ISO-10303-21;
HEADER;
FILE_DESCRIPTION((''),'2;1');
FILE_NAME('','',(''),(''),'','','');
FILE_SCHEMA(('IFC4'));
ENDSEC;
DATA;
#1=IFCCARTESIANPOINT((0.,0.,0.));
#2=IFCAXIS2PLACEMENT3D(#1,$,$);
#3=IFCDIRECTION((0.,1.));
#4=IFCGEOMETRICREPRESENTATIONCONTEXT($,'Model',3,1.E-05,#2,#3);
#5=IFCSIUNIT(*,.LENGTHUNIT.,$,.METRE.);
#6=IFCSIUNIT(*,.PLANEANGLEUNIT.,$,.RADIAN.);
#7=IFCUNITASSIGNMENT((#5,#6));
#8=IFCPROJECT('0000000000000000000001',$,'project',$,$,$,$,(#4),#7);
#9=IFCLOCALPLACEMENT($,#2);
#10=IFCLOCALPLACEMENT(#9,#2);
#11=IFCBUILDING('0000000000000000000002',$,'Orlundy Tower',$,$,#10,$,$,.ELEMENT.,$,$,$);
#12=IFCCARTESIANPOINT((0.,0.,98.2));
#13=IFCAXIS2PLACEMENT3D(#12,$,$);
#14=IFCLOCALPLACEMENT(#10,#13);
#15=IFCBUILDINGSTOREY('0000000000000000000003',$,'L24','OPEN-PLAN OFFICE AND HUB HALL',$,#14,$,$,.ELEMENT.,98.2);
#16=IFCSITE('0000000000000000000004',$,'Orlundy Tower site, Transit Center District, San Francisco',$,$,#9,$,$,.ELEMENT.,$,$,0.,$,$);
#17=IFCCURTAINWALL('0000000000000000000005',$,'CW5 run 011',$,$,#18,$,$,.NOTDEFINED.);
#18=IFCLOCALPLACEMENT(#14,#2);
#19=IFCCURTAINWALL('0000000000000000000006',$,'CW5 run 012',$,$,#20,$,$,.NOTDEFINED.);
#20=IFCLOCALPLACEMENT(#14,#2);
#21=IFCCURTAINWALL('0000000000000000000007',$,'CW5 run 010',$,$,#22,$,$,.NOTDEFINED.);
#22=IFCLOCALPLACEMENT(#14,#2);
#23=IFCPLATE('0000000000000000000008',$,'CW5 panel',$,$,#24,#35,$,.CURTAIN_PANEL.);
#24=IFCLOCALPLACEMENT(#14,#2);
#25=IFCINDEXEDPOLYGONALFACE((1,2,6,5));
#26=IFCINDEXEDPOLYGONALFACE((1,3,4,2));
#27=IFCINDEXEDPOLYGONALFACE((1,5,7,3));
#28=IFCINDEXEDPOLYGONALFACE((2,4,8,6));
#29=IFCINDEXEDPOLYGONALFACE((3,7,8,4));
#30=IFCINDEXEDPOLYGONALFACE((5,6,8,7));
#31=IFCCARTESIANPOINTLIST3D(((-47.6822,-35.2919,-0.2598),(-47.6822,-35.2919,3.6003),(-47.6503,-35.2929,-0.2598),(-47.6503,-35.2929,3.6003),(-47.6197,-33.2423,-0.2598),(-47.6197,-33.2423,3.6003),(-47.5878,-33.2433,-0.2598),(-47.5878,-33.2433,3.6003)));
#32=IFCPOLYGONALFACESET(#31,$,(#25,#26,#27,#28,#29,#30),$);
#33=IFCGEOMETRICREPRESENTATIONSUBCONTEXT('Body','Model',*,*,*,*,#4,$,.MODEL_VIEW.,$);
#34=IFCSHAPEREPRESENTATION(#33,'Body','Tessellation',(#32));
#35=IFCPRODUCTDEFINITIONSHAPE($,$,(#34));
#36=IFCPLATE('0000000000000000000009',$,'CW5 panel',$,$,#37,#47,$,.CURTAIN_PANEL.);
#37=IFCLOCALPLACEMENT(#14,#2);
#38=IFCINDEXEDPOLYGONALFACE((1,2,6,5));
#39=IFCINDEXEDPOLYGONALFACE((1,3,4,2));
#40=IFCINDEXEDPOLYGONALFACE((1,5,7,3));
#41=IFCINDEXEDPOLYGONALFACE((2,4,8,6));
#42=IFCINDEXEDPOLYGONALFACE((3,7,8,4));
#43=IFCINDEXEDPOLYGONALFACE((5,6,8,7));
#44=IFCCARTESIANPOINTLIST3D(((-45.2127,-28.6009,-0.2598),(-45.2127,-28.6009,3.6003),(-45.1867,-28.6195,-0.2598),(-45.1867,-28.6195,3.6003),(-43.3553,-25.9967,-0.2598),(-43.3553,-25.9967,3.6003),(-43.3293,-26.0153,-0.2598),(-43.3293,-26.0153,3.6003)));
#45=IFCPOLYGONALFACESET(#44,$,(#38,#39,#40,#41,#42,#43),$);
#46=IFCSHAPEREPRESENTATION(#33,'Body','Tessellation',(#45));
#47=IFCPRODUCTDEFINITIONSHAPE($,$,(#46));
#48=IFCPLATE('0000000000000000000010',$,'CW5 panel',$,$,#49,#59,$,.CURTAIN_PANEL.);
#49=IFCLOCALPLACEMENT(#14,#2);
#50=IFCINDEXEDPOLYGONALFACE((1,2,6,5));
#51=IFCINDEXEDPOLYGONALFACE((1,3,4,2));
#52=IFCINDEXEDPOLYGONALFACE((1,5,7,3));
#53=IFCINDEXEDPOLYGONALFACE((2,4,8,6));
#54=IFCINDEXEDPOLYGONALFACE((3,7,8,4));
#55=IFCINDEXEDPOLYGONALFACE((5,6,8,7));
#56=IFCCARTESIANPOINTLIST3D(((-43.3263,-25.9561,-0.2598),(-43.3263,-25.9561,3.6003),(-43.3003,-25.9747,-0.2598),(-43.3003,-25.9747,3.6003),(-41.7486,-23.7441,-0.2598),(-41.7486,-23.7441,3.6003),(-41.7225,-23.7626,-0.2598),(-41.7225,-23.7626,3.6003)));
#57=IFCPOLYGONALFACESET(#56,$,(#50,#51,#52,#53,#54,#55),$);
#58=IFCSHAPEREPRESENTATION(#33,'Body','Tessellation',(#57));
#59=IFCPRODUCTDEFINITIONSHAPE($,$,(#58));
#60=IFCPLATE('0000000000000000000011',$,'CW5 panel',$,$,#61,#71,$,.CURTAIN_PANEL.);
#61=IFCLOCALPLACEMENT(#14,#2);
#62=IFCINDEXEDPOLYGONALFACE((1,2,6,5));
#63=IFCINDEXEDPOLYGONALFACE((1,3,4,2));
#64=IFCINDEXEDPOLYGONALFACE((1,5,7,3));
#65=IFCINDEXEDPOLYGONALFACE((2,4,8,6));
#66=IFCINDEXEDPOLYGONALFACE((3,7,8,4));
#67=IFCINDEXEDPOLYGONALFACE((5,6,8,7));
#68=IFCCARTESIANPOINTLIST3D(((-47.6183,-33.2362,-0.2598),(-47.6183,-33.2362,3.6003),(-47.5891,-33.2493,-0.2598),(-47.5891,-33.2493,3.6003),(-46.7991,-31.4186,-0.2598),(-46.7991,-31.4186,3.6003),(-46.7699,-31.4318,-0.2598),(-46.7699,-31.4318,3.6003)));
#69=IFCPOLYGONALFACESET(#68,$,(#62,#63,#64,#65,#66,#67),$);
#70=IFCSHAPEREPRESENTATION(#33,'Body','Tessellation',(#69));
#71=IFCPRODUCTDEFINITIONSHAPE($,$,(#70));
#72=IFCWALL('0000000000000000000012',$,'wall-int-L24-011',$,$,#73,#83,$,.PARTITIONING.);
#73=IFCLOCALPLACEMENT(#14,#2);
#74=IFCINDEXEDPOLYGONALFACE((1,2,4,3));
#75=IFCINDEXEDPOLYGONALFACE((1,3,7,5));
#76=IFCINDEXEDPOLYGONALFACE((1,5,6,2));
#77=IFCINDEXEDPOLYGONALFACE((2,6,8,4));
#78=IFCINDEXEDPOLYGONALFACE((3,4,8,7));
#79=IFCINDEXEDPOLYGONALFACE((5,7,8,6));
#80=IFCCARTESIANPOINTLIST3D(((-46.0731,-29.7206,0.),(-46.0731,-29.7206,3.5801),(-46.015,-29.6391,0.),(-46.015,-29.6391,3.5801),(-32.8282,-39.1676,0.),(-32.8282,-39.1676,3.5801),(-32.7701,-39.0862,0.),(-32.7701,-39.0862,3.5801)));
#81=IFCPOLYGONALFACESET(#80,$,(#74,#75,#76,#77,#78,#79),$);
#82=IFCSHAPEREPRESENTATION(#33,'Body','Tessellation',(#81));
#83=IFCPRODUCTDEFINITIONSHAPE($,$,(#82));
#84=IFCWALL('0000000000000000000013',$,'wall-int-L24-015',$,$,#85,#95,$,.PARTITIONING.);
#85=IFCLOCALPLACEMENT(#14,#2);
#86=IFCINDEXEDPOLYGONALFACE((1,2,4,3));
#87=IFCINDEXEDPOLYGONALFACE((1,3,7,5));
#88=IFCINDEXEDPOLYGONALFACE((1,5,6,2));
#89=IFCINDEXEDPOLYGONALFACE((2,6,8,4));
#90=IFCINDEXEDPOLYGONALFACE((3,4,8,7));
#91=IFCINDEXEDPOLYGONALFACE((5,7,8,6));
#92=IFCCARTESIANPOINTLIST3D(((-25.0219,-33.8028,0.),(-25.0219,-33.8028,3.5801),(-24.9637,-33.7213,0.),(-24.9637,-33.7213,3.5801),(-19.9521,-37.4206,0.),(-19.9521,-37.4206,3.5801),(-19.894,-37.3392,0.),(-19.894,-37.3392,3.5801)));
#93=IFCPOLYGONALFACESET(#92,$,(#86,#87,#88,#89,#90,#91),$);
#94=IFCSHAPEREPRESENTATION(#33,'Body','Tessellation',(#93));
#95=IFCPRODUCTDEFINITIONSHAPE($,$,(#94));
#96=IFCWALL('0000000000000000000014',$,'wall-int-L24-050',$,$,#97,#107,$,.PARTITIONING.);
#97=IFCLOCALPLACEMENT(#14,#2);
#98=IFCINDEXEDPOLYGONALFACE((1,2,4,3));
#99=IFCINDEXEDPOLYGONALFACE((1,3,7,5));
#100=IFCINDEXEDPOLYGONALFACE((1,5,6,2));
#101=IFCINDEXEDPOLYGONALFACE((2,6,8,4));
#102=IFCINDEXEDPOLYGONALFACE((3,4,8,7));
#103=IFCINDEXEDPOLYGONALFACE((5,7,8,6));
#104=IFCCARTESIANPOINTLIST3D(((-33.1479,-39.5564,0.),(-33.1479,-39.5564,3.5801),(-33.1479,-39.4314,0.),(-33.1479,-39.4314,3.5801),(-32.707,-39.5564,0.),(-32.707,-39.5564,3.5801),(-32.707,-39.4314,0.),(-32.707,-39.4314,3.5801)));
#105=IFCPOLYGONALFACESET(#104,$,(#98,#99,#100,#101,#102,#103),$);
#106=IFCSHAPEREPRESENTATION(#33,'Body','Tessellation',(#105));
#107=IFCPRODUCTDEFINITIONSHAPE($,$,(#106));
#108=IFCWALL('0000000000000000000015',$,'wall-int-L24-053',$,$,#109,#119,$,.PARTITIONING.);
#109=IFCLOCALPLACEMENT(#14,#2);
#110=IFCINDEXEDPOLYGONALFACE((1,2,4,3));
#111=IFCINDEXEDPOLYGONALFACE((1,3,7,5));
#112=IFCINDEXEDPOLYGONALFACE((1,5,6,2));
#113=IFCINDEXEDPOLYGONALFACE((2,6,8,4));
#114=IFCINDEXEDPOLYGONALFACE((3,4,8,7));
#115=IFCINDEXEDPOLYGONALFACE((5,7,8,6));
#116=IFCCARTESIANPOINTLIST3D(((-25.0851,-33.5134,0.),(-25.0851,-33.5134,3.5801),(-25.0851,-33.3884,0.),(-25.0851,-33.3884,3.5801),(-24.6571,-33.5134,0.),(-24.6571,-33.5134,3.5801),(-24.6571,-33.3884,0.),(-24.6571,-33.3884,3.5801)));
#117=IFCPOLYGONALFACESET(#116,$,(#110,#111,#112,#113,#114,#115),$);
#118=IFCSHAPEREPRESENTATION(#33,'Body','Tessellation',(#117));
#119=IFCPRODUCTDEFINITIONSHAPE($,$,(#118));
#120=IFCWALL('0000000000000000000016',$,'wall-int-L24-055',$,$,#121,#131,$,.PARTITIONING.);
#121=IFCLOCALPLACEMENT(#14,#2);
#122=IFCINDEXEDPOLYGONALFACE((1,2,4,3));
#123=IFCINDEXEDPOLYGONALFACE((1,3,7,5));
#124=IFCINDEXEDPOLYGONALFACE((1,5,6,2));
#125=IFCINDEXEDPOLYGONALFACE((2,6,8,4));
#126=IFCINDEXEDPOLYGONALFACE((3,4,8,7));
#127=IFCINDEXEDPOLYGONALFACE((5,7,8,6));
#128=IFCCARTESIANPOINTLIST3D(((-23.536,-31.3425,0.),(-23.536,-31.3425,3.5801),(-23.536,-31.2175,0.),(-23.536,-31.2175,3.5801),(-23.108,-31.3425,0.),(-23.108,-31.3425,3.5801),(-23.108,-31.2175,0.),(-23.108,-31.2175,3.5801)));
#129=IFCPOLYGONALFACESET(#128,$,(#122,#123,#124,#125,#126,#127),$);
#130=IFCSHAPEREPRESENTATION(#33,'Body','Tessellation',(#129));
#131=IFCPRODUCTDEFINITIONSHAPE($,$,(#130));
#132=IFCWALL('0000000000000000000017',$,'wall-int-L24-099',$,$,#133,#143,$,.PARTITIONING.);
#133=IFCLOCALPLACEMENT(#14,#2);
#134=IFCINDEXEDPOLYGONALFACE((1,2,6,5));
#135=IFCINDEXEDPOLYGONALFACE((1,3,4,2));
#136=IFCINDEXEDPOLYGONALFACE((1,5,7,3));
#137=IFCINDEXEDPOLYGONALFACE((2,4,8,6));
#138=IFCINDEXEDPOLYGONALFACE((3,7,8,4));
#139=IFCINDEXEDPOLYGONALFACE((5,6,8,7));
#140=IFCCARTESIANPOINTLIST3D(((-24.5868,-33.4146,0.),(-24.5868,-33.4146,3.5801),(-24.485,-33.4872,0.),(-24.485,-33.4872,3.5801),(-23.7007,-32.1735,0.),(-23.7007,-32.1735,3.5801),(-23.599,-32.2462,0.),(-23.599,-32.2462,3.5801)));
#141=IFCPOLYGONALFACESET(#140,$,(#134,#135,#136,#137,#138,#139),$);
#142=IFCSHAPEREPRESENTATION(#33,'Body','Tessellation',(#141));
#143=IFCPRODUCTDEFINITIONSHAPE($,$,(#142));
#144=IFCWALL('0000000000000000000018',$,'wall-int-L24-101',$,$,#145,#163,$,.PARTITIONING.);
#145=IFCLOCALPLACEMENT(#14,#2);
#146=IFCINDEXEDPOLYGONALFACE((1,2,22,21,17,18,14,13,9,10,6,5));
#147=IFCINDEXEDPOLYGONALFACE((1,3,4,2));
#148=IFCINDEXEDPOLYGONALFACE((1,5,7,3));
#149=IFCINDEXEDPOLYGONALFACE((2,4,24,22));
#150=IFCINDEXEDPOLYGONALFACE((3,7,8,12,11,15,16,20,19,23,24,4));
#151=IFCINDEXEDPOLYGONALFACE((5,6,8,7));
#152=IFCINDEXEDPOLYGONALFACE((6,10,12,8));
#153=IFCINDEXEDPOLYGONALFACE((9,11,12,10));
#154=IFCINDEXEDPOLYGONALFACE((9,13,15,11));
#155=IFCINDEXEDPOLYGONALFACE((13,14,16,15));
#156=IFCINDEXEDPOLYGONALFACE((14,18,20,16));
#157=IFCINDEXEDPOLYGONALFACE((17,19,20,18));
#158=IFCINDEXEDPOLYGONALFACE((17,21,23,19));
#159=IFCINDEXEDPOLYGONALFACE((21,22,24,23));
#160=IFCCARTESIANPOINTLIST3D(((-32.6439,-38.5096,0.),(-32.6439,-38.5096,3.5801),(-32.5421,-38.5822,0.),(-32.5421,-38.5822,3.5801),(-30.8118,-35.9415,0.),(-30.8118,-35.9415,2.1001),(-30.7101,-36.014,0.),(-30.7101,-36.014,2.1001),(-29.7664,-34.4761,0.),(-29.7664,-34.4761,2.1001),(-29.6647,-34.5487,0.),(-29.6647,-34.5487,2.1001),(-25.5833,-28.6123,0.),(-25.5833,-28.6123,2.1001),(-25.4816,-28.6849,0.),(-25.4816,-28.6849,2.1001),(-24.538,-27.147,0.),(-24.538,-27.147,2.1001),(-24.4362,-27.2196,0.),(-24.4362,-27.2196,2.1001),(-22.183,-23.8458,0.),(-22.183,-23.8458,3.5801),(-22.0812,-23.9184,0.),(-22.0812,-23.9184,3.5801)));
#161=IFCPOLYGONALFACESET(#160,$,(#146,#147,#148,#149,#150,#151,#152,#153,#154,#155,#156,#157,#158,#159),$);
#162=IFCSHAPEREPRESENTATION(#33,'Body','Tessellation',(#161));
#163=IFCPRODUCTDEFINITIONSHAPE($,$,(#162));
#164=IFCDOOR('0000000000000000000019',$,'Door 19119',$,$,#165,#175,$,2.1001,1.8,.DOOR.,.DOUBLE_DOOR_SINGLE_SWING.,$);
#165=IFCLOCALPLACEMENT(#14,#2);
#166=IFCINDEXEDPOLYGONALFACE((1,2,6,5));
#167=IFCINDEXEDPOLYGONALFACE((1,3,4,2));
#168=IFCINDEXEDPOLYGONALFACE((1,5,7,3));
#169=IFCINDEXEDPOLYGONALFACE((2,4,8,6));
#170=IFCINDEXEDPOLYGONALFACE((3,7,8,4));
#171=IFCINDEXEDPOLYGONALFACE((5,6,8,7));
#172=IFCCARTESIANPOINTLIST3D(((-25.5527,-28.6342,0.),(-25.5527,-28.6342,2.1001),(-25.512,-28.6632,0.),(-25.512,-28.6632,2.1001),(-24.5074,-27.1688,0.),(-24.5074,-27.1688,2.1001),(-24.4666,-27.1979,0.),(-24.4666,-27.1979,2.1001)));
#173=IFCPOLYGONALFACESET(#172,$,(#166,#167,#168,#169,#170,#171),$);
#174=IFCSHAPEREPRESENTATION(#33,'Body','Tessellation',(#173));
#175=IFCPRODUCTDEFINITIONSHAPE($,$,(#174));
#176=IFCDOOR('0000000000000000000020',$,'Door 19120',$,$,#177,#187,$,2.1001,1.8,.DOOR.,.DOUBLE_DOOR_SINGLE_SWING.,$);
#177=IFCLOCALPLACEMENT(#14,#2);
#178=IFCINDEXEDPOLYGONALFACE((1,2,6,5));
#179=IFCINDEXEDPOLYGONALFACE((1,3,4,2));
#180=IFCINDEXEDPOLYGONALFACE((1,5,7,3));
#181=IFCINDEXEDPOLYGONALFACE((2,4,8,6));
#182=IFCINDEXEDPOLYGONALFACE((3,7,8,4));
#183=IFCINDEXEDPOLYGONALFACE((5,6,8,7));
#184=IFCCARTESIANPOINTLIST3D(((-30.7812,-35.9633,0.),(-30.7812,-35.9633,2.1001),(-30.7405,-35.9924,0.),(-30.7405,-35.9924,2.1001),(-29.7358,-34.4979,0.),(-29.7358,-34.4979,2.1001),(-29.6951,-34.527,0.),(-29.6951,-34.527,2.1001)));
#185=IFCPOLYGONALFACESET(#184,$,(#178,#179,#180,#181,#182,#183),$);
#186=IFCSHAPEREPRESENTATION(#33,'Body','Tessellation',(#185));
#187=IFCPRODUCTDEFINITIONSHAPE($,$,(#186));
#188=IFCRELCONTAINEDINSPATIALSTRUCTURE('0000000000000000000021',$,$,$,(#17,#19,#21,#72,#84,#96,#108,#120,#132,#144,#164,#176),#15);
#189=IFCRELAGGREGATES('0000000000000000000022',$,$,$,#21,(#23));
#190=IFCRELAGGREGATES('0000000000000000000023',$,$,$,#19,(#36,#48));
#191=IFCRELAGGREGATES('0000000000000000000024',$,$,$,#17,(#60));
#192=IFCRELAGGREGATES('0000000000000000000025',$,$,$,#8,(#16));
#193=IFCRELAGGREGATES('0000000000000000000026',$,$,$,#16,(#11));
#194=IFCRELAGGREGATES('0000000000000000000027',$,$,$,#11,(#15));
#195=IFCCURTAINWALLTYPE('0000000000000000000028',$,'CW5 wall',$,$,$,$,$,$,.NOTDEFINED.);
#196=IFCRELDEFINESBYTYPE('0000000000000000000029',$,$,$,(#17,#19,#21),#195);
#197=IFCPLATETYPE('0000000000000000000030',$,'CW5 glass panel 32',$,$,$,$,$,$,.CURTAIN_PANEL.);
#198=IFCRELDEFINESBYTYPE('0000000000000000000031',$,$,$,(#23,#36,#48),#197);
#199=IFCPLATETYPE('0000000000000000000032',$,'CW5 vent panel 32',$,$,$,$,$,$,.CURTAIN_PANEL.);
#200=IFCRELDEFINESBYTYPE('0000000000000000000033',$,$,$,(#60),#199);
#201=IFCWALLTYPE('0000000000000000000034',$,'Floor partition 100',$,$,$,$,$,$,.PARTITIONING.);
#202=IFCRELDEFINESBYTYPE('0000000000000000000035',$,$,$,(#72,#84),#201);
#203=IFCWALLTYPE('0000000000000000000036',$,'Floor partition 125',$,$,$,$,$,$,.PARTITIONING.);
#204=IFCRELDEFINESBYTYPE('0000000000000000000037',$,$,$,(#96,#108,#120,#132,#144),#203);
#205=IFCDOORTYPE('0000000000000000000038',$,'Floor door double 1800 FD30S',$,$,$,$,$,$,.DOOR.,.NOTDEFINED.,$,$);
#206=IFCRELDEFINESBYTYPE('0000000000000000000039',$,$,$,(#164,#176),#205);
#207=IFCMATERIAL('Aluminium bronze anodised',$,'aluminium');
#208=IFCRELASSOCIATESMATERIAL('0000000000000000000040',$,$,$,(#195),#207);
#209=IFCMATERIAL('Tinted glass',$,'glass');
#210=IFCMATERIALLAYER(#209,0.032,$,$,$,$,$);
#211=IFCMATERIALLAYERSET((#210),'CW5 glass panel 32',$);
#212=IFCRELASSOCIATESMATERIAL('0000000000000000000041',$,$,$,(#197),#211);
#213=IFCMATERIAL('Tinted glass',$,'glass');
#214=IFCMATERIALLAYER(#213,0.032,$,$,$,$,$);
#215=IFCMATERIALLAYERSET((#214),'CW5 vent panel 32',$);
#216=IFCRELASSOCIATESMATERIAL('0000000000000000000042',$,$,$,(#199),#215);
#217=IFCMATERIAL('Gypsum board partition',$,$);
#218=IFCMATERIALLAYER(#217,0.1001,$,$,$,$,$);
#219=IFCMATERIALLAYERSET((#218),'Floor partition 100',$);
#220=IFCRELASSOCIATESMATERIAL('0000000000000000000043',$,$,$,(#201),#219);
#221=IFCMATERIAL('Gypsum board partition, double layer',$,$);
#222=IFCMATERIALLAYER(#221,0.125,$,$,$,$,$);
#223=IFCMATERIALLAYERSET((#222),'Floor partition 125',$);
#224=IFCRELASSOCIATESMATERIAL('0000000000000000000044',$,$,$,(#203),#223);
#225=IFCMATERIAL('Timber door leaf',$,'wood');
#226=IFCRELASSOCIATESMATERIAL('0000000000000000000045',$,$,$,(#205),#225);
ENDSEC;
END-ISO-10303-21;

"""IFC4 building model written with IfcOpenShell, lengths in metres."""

from ifc_helpers import new_model, si_unit, direction, frame, frame_2d, origin, origin_2d, place, context, subcontext, project, spatial, rectangle, extrude, material, layer, layer_set, type_object, element, fill, aggregate, save


model = new_model("IFC4")

# Units and contexts
model_context = context("Model", 3, precision=1e-05, world=origin(), true_north=direction((0.0, 1.0)))
body_context = subcontext(model_context, "Body", "Model", "MODEL_VIEW")
ifc_project = project(units=[si_unit("LENGTHUNIT", "METRE"), si_unit("PLANEANGLEUNIT", "RADIAN")], contexts=[model_context])

# Site, building, storey
site_placement = place(None, origin())
site = spatial("IfcSite", under=ifc_project, at=site_placement, Name="Orlundy Tower site, Transit Center District, San Francisco", CompositionType="ELEMENT", RefElevation=0.0)
building_placement = place(site_placement, origin())
building = spatial("IfcBuilding", under=site, at=building_placement, Name="Orlundy Tower", CompositionType="ELEMENT")
storey_placement = place(building_placement, frame((0.0, 0.0, 98.2)))
storey = spatial("IfcBuildingStorey", under=building, at=storey_placement, Name="L24", Description="OPEN-PLAN OFFICE AND HUB HALL", CompositionType="ELEMENT", Elevation=98.2)

# Curtain walls
ifc_material_1 = material(Name="Aluminium bronze anodised", Category="aluminium")
curtain_wall_type = type_object("IfcCurtainWallType", Name="CW5 wall", PredefinedType="NOTDEFINED", material=ifc_material_1)
curtain_wall_1_placement = place(storey_placement, origin())
curtain_wall_1 = element("IfcCurtainWall", 1, at=curtain_wall_1_placement, inside=storey, type_object=curtain_wall_type, Name="CW5 run 011", PredefinedType="NOTDEFINED")
curtain_wall_2_placement = place(storey_placement, origin())
curtain_wall_2 = element("IfcCurtainWall", 2, at=curtain_wall_2_placement, inside=storey, type_object=curtain_wall_type, Name="CW5 run 012", PredefinedType="NOTDEFINED")
curtain_wall_3_placement = place(storey_placement, origin())
curtain_wall_3 = element("IfcCurtainWall", 3, at=curtain_wall_3_placement, inside=storey, type_object=curtain_wall_type, Name="CW5 run 010", PredefinedType="NOTDEFINED")

# Plates
ifc_material_2 = material(Name="Tinted glass", Category="glass")
ifc_layer_1 = layer(ifc_material_2, 0.032)
ifc_layer_set_1 = layer_set([ifc_layer_1], Name="CW5 glass panel 32")
plate_type_1 = type_object("IfcPlateType", Name="CW5 glass panel 32", PredefinedType="CURTAIN_PANEL", material=ifc_layer_set_1)
plate_1_placement = place(storey_placement, frame((-47.635, -34.2676, -0.2598), z_axis=(0.0, 0.0, 1.0), x_axis=(0.030485, 0.999535, 0.0)))
plate_1 = element("IfcPlate", 4, at=plate_1_placement, type_object=plate_type_1, Name="CW5 panel", PredefinedType="CURTAIN_PANEL", context=body_context, shape_type="SweptSolid", body=[
    extrude(rectangle(XDim=2.0505, YDim=0.032, at=origin_2d()), origin(), (0.0, 0.0, 1.0), 3.8601),
])
aggregate(curtain_wall_3, [plate_1])
plate_2_placement = place(storey_placement, frame((-44.271, -27.3081, -0.2598), z_axis=(0.0, 0.0, 1.0), x_axis=(0.580683, 0.81413, 0.0)))
plate_2 = element("IfcPlate", 5, at=plate_2_placement, type_object=plate_type_1, Name="CW5 panel", PredefinedType="CURTAIN_PANEL", context=body_context, shape_type="SweptSolid", body=[
    extrude(rectangle(XDim=3.1987, YDim=0.032, at=origin_2d()), origin(), (0.0, 0.0, 1.0), 3.8601),
])
plate_3_placement = place(storey_placement, frame((-42.5244, -24.8594, -0.2598), z_axis=(0.0, 0.0, 1.0), x_axis=(0.580683, 0.81413, 0.0)))
plate_3 = element("IfcPlate", 6, at=plate_3_placement, type_object=plate_type_1, Name="CW5 panel", PredefinedType="CURTAIN_PANEL", context=body_context, shape_type="SweptSolid", body=[
    extrude(rectangle(XDim=2.717, YDim=0.032, at=origin_2d()), origin(), (0.0, 0.0, 1.0), 3.8601),
])
aggregate(curtain_wall_2, [plate_2, plate_3])
ifc_material_3 = material(Name="Tinted glass", Category="glass")
ifc_layer_2 = layer(ifc_material_3, 0.032)
ifc_layer_set_2 = layer_set([ifc_layer_2], Name="CW5 vent panel 32")
plate_type_2 = type_object("IfcPlateType", Name="CW5 vent panel 32", PredefinedType="CURTAIN_PANEL", material=ifc_layer_set_2)
plate_4_placement = place(storey_placement, frame((-47.1941, -32.334, -0.2598), z_axis=(0.0, 0.0, 1.0), x_axis=(0.410914, 0.911674, 0.0)))
plate_4 = element("IfcPlate", 7, at=plate_4_placement, type_object=plate_type_2, Name="CW5 panel", PredefinedType="CURTAIN_PANEL", context=body_context, shape_type="SweptSolid", body=[
    extrude(rectangle(XDim=1.9937, YDim=0.032, at=origin_2d()), origin(), (0.0, 0.0, 1.0), 3.8601),
])
aggregate(curtain_wall_1, [plate_4])

# Walls
ifc_material_4 = material(Name="Gypsum board partition")
ifc_layer_3 = layer(ifc_material_4, 0.1001)
ifc_layer_set_3 = layer_set([ifc_layer_3], Name="Floor partition 100")
wall_type_1 = type_object("IfcWallType", Name="Floor partition 100", PredefinedType="PARTITIONING", material=ifc_layer_set_3)
wall_1_placement = place(storey_placement, frame((-46.0439, -29.6799, 0.0), z_axis=(0.0, 0.0, 1.0), x_axis=(0.814129, -0.580684, 0.0)))
element("IfcWall", 8, at=wall_1_placement, inside=storey, type_object=wall_type_1, Name="wall-int-L24-011", PredefinedType="PARTITIONING", context=body_context, shape_type="SweptSolid", body=[
    extrude(rectangle(XDim=16.2688, YDim=0.1001, at=frame_2d((8.1343, 0.0))), origin(), (0.0, 0.0, 1.0), 3.5801),
])
wall_2_placement = place(storey_placement, frame((-24.9929, -33.762, 0.0), z_axis=(0.0, 0.0, 1.0), x_axis=(0.81399, -0.580878, 0.0)))
element("IfcWall", 9, at=wall_2_placement, inside=storey, type_object=wall_type_1, Name="wall-int-L24-015", PredefinedType="PARTITIONING", context=body_context, shape_type="SweptSolid", body=[
    extrude(rectangle(XDim=6.2283, YDim=0.1001, at=frame_2d((3.1143, 0.0))), origin(), (0.0, 0.0, 1.0), 3.5801),
])
ifc_material_5 = material(Name="Gypsum board partition, double layer")
ifc_layer_4 = layer(ifc_material_5, 0.125)
ifc_layer_set_4 = layer_set([ifc_layer_4], Name="Floor partition 125")
wall_type_2 = type_object("IfcWallType", Name="Floor partition 125", PredefinedType="PARTITIONING", material=ifc_layer_set_4)
wall_3_placement = place(storey_placement, frame((-33.1479, -39.4939, 0.0), z_axis=(0.0, 0.0, 1.0), x_axis=(1.0, 0.0, 0.0)))
element("IfcWall", 10, at=wall_3_placement, inside=storey, type_object=wall_type_2, Name="wall-int-L24-050", PredefinedType="PARTITIONING", context=body_context, shape_type="SweptSolid", body=[
    extrude(rectangle(XDim=0.4409, YDim=0.125, at=frame_2d((0.2205, 0.0))), origin(), (0.0, 0.0, 1.0), 3.5801),
])
for number, where, z_axis, x_axis, name in (
    (11, (-25.085, -33.4509, 0.0), (0.0, 0.0, 1.0), (1.0, 0.0, 0.0), "wall-int-L24-053"),
    (12, (-23.5359, -31.28, 0.0), (0.0, 0.0, 1.0), (1.0, 0.0, 0.0), "wall-int-L24-055"),
):
    element("IfcWall", number, at=place(storey_placement, frame(where, z_axis=z_axis, x_axis=x_axis)), inside=storey, type_object=wall_type_2, Name=name, PredefinedType="PARTITIONING", context=body_context, shape_type="SweptSolid", body=[
        extrude(rectangle(XDim=0.428, YDim=0.125, at=frame_2d((0.2139, 0.0))), origin(), (0.0, 0.0, 1.0), 3.5801),
    ])
wall_4_placement = place(storey_placement, frame((-24.5359, -33.4509, 0.0), z_axis=(0.0, 0.0, 1.0), x_axis=(0.581056, 0.813863, 0.0)))
element("IfcWall", 13, at=wall_4_placement, inside=storey, type_object=wall_type_2, Name="wall-int-L24-099", PredefinedType="PARTITIONING", context=body_context, shape_type="SweptSolid", body=[
    extrude(rectangle(XDim=1.5249, YDim=0.125, at=frame_2d((0.7625, 0.0))), origin(), (0.0, 0.0, 1.0), 3.5801),
])

# Wall, openings, doors
wall_5_placement = place(storey_placement, frame((-32.593, -38.5459, 0.0), z_axis=(0.0, 0.0, 1.0), x_axis=(0.580752, 0.81408, 0.0)))
wall_5 = element("IfcWall", 14, at=wall_5_placement, inside=storey, type_object=wall_type_2, Name="wall-int-L24-101", PredefinedType="PARTITIONING", context=body_context, shape_type="SweptSolid", body=[
    extrude(rectangle(XDim=18.0127, YDim=0.125, at=frame_2d((9.0063, 0.0))), origin(), (0.0, 0.0, 1.0), 3.5801),
])
opening_1_placement = place(wall_5_placement, frame((12.1577, 0.0, 0.0)))
opening_1 = element("IfcOpeningElement", 15, at=opening_1_placement, cuts=wall_5, PredefinedType="OPENING", context=body_context, shape_type="SweptSolid", body=[
    extrude(rectangle(XDim=1.8, YDim=2.1001, at=frame_2d((0.8999, 1.05))), frame((0.0, 0.0725, 0.0), z_axis=(0.0, -1.0, 0.0), x_axis=(1.0, 0.0, 0.0)), (0.0, 0.0, 1.0), 0.145),
])
opening_2_placement = place(wall_5_placement, frame((3.1548, 0.0, 0.0)))
opening_2 = element("IfcOpeningElement", 16, at=opening_2_placement, cuts=wall_5, PredefinedType="OPENING", context=body_context, shape_type="SweptSolid", body=[
    extrude(rectangle(XDim=1.8, YDim=2.1001, at=frame_2d((0.8999, 1.05))), frame((0.0, 0.0725, 0.0), z_axis=(0.0, -1.0, 0.0), x_axis=(1.0, 0.0, 0.0)), (0.0, 0.0, 1.0), 0.145),
])
ifc_material_6 = material(Name="Timber door leaf", Category="wood")
door_type = type_object("IfcDoorType", Name="Floor door double 1800 FD30S", OperationType="NOTDEFINED", PredefinedType="DOOR", material=ifc_material_6)
door_1_placement = place(opening_1_placement, origin())
door_1 = element("IfcDoor", 17, at=door_1_placement, inside=storey, type_object=door_type, Name="Door 19119", OperationType="DOUBLE_DOOR_SINGLE_SWING", OverallHeight=2.1001, OverallWidth=1.8, PredefinedType="DOOR", context=body_context, shape_type="SweptSolid", body=[
    extrude(rectangle(XDim=1.8, YDim=2.1001, at=frame_2d((0.8999, 1.05))), frame((0.0, 0.0249, 0.0), z_axis=(0.0, -1.0, 0.0), x_axis=(1.0, 0.0, 0.0)), (0.0, 0.0, 1.0), 0.05),
])
fill(opening_1, door_1)
door_2_placement = place(opening_2_placement, origin())
door_2 = element("IfcDoor", 18, at=door_2_placement, inside=storey, type_object=door_type, Name="Door 19120", OperationType="DOUBLE_DOOR_SINGLE_SWING", OverallHeight=2.1001, OverallWidth=1.8, PredefinedType="DOOR", context=body_context, shape_type="SweptSolid", body=[
    extrude(rectangle(XDim=1.8, YDim=2.1001, at=frame_2d((0.8999, 1.05))), frame((0.0, 0.0249, 0.0), z_axis=(0.0, -1.0, 0.0), x_axis=(1.0, 0.0, 0.0)), (0.0, 0.0, 1.0), 0.05),
])
fill(opening_2, door_2)

save(model, "model.ifc")
